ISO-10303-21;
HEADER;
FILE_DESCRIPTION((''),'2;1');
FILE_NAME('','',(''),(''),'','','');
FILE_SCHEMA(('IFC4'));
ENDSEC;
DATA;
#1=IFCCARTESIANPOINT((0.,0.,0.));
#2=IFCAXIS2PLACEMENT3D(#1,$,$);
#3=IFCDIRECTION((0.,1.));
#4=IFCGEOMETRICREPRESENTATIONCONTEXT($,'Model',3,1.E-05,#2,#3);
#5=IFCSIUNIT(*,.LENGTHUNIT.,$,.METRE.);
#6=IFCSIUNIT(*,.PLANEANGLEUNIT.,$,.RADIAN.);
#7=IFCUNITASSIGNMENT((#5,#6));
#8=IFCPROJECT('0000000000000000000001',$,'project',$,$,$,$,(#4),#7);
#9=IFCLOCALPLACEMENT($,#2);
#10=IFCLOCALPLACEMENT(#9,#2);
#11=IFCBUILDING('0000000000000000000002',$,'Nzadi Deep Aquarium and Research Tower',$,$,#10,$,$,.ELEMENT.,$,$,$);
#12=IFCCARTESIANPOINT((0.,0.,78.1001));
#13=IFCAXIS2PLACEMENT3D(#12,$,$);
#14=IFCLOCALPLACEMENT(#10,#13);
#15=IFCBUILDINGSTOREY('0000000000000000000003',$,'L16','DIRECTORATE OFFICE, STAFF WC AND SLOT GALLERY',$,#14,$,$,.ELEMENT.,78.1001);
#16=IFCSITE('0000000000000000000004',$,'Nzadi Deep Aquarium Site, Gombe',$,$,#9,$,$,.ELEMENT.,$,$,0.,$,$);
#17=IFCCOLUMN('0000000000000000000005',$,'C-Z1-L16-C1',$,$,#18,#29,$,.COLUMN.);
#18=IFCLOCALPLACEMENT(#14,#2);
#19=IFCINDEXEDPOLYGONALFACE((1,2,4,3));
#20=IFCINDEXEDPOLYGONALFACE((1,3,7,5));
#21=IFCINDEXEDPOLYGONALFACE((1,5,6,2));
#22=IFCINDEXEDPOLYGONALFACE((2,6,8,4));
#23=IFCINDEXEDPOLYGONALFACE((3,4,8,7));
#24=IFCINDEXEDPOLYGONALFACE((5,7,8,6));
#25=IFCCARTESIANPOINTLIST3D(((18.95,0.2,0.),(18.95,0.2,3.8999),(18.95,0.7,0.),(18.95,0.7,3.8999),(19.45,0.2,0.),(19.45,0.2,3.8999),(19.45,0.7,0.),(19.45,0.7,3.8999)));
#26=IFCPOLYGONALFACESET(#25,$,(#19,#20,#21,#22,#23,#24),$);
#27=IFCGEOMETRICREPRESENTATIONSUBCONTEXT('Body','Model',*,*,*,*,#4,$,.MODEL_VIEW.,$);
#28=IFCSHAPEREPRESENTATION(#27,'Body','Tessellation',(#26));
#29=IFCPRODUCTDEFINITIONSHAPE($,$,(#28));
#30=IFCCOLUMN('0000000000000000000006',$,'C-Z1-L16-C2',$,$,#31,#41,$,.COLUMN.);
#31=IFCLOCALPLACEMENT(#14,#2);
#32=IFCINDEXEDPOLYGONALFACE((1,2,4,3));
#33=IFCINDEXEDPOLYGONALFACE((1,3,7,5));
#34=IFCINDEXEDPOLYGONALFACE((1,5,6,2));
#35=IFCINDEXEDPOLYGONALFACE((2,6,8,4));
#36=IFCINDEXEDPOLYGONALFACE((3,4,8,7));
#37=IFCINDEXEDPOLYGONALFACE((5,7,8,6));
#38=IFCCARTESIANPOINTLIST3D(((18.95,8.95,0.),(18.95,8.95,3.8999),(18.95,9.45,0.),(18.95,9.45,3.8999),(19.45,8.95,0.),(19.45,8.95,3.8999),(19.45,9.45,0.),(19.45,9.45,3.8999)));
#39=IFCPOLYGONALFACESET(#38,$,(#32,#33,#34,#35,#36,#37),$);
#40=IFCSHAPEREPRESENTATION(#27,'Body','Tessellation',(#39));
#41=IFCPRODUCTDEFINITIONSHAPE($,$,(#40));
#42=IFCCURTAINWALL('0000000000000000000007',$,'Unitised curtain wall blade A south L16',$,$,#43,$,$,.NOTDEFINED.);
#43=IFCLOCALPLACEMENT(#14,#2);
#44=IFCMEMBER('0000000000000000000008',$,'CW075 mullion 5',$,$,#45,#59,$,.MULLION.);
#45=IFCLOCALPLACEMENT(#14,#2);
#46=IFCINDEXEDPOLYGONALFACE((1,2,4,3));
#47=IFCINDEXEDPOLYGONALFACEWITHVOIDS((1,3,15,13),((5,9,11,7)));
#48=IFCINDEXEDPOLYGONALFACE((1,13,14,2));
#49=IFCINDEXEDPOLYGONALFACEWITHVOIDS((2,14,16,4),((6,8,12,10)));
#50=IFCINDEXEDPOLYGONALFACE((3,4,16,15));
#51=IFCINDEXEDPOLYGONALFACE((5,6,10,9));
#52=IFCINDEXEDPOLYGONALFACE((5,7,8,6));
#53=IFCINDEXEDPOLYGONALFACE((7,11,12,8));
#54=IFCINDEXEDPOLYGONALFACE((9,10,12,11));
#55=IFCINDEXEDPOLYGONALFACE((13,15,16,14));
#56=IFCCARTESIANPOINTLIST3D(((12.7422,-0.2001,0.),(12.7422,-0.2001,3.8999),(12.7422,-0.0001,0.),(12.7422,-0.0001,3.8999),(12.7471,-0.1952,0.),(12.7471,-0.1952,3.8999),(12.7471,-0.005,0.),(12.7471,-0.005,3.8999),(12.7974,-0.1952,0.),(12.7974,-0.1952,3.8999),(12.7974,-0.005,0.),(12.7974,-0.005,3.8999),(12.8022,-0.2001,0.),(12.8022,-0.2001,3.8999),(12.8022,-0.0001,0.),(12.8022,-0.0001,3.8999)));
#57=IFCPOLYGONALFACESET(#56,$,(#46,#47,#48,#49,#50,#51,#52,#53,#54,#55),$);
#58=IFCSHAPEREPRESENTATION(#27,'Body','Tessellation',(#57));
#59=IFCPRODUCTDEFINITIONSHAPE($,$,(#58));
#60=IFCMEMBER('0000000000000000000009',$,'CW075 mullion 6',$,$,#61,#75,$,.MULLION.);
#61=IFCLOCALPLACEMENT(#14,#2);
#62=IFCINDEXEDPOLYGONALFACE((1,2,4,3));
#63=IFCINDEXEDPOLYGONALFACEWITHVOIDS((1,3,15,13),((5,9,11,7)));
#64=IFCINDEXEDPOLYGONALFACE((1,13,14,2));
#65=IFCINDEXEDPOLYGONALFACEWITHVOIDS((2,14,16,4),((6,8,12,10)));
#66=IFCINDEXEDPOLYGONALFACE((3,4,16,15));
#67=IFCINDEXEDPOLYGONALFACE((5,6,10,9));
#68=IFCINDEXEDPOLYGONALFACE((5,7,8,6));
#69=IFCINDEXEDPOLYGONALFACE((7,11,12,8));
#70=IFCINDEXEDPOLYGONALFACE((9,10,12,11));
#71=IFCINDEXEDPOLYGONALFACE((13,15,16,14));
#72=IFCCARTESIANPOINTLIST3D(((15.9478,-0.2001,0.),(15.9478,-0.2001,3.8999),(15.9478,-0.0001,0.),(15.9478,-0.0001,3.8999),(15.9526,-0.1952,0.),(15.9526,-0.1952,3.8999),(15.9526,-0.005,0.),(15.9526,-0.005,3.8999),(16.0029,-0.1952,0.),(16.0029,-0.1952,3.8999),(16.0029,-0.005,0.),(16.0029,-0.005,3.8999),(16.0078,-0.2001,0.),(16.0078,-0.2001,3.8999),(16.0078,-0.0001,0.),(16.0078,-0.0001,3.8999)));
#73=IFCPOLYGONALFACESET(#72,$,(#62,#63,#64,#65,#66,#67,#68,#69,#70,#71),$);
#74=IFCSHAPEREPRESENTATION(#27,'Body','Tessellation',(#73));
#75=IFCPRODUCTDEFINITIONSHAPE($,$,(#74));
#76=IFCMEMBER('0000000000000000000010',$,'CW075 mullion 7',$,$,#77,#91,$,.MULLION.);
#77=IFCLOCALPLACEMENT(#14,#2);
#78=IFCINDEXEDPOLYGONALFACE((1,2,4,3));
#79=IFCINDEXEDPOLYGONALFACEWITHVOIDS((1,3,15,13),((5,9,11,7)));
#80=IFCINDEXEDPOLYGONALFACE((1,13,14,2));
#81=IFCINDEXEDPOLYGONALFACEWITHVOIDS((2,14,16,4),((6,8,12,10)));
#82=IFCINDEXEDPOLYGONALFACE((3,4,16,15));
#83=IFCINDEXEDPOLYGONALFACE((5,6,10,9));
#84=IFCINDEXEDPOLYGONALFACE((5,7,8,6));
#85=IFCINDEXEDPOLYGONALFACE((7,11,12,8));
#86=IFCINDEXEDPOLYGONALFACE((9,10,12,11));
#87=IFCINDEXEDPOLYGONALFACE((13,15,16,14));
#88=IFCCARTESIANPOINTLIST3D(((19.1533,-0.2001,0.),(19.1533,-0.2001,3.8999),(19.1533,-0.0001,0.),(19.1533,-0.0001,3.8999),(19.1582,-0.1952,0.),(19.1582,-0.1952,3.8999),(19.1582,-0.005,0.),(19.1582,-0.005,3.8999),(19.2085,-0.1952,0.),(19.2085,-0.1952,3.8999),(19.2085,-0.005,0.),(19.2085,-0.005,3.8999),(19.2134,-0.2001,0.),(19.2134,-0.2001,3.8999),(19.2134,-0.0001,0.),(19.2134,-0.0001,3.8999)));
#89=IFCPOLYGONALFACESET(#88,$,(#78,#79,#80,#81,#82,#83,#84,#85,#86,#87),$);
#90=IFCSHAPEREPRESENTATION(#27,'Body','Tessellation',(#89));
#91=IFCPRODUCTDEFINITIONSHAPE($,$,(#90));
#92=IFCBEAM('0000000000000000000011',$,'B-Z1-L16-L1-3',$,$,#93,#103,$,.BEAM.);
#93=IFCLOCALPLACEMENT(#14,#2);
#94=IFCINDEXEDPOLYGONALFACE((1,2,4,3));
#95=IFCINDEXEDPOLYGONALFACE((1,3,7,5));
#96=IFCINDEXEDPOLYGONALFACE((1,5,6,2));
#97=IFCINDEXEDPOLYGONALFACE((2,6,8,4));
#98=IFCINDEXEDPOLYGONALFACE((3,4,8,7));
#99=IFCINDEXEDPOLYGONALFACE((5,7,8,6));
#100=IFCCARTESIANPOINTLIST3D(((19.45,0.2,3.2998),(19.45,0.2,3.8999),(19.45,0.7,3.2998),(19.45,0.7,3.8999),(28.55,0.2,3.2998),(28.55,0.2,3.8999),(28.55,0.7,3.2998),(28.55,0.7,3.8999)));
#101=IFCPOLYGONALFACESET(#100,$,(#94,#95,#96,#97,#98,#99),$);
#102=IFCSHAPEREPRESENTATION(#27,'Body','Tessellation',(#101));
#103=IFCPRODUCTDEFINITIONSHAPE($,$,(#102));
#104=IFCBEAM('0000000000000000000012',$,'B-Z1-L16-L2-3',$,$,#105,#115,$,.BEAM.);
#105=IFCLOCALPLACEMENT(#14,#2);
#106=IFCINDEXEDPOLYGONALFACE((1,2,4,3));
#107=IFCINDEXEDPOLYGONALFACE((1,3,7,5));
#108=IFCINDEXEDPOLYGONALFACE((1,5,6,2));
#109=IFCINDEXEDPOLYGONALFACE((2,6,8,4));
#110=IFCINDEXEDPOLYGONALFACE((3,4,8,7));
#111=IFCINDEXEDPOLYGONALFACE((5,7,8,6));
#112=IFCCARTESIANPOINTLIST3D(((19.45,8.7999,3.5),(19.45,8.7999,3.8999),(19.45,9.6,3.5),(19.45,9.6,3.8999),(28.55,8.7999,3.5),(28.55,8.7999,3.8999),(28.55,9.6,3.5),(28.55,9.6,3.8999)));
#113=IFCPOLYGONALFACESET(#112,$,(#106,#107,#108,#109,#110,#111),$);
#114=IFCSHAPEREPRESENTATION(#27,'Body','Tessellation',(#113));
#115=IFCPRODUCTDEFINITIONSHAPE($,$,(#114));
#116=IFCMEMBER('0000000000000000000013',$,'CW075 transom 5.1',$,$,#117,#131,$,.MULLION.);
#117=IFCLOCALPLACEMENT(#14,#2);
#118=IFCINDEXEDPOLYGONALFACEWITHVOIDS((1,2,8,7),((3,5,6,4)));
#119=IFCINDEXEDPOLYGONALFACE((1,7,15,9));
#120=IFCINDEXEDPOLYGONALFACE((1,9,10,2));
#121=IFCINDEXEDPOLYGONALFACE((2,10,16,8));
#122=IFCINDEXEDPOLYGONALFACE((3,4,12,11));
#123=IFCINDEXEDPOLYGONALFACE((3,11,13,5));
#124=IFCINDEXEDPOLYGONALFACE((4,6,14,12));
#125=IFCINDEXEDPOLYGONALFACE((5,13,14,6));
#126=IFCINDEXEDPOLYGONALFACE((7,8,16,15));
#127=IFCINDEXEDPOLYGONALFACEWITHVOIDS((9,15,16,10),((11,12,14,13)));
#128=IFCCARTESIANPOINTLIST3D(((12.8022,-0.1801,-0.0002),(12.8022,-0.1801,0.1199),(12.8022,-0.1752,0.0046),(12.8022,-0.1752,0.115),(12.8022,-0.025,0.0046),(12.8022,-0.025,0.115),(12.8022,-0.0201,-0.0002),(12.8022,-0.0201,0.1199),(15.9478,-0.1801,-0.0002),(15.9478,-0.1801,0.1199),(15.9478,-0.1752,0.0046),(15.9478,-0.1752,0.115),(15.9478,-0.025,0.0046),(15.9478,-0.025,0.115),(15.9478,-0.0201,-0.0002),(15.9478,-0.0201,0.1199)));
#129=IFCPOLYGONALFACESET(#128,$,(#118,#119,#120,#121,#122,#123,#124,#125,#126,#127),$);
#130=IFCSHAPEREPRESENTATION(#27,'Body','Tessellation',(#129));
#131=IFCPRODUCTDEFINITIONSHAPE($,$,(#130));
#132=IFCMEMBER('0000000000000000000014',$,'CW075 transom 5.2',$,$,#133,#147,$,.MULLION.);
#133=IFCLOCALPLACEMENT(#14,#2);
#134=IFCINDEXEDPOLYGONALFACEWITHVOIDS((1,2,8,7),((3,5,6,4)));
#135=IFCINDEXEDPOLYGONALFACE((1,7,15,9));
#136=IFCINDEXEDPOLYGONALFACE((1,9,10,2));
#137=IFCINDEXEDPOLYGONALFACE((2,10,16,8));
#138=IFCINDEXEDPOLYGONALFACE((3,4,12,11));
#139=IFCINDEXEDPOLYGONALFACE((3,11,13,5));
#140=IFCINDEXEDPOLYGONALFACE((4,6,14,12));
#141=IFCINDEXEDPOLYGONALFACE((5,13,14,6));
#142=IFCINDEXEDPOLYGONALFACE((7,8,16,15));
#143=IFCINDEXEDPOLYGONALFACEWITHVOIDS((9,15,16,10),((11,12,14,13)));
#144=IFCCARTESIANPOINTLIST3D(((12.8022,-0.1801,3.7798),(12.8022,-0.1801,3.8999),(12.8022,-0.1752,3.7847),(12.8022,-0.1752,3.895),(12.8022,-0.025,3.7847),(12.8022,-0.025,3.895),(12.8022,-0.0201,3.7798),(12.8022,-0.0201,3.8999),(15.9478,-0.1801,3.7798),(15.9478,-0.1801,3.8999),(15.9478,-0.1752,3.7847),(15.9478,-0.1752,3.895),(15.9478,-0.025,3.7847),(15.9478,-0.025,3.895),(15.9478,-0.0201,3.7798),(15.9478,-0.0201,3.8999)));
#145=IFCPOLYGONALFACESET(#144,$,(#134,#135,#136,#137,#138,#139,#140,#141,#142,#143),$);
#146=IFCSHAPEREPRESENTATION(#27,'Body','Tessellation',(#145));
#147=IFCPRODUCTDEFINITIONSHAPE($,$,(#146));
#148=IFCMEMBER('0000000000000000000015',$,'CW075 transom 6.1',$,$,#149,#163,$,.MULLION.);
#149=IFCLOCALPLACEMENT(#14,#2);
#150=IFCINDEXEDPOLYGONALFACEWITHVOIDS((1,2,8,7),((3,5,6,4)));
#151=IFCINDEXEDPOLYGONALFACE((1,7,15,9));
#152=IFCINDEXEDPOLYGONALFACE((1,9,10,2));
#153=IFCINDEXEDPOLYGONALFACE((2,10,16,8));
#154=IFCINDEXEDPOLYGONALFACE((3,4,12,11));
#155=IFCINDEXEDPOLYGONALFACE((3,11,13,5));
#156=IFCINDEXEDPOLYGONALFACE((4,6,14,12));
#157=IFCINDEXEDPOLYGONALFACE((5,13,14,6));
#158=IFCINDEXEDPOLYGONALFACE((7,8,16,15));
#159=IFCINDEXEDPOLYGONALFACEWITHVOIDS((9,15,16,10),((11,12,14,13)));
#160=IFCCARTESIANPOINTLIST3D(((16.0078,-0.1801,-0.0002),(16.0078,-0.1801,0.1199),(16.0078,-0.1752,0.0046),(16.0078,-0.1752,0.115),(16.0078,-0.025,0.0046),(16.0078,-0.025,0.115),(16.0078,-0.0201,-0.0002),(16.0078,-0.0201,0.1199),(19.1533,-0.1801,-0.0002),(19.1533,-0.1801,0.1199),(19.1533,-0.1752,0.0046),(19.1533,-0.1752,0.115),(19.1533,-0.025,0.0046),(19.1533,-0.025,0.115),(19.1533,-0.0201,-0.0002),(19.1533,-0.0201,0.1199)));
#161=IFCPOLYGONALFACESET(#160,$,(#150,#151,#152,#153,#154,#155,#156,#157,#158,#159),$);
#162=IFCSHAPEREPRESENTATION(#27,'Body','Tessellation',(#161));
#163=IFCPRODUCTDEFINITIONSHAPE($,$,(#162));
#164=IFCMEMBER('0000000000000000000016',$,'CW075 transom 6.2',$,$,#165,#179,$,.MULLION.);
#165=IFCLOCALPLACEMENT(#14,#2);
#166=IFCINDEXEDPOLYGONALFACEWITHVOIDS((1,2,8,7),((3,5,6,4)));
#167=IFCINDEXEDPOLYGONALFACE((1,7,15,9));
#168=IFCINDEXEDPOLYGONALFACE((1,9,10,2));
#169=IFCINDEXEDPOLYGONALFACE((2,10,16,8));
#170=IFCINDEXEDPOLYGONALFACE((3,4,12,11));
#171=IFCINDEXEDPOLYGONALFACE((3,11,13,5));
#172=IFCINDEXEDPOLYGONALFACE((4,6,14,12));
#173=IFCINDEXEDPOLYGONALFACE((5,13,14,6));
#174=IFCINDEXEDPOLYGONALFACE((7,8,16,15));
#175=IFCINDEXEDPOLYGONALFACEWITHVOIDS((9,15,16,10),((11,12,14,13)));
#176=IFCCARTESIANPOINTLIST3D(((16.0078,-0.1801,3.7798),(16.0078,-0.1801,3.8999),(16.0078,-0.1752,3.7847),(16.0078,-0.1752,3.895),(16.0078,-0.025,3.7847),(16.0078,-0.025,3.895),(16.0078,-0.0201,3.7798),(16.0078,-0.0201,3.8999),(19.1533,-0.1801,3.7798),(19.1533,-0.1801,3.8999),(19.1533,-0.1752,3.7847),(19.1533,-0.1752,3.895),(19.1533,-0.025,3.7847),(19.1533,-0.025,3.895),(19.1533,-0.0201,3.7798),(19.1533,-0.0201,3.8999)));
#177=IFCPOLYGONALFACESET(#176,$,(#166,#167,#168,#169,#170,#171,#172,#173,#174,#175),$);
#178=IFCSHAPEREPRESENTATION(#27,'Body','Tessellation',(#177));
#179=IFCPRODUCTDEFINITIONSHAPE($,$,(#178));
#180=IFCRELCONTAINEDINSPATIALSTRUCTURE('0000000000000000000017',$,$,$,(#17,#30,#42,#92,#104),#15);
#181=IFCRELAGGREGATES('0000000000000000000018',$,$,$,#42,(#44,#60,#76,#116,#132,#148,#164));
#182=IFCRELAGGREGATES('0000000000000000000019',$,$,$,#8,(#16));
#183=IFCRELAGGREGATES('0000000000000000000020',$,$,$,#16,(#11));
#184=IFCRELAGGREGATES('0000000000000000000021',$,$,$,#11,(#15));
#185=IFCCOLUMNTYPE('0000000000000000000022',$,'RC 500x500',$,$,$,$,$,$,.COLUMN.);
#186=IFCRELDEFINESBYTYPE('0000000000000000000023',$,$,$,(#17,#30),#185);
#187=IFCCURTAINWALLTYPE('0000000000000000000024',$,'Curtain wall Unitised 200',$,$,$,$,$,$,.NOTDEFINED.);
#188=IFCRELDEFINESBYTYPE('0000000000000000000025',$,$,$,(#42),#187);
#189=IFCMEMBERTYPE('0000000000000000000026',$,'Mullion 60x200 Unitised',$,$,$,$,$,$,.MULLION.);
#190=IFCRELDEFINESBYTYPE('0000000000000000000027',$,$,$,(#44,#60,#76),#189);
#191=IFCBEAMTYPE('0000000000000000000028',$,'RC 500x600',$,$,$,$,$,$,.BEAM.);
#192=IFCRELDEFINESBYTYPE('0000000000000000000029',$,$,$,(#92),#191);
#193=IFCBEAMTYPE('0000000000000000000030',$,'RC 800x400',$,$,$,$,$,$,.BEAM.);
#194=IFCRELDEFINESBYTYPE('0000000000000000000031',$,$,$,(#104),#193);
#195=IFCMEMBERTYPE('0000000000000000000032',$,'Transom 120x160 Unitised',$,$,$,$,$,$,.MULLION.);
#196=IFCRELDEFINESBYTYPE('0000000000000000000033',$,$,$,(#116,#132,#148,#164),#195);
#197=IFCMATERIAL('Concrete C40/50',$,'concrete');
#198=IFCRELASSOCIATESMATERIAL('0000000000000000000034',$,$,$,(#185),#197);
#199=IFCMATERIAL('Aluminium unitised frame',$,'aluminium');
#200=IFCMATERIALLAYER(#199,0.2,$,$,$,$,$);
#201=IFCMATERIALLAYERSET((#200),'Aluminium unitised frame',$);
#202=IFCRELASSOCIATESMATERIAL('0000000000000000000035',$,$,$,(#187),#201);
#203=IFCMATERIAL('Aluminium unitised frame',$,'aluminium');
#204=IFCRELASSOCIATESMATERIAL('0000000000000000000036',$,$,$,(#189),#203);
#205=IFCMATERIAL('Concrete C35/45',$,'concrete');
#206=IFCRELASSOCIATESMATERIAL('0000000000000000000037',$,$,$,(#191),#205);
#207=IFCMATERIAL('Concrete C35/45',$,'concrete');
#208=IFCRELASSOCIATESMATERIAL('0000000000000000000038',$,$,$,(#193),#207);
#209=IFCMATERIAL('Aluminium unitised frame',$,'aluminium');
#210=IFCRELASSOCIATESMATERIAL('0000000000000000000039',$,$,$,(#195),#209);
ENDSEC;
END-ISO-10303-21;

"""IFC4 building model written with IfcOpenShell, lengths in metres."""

from ifc_helpers import new_model, si_unit, direction, frame, origin, origin_2d, place, context, subcontext, project, spatial, rectangle, hollow_rectangle, extrude, material, layer, layer_set, material_profile, profile_set, type_object, element, aggregate, save


model = new_model("IFC4")

# Units and contexts
model_context = context("Model", 3, precision=1e-05, world=origin(), true_north=direction((0.0, 1.0)))
body_context = subcontext(model_context, "Body", "Model", "MODEL_VIEW")
ifc_project = project(units=[si_unit("LENGTHUNIT", "METRE"), si_unit("PLANEANGLEUNIT", "RADIAN")], contexts=[model_context])

# Site, building, storey
site_placement = place(None, origin())
site = spatial("IfcSite", under=ifc_project, at=site_placement, Name="Nzadi Deep Aquarium Site, Gombe", CompositionType="ELEMENT", RefElevation=0.0)
building_placement = place(site_placement, origin())
building = spatial("IfcBuilding", under=site, at=building_placement, Name="Nzadi Deep Aquarium and Research Tower", CompositionType="ELEMENT")
storey_placement = place(building_placement, frame((0.0, 0.0, 78.1001)))
storey = spatial("IfcBuildingStorey", under=building, at=storey_placement, Name="L16", Description="DIRECTORATE OFFICE, STAFF WC AND SLOT GALLERY", CompositionType="ELEMENT", Elevation=78.1001)

# Columns
ifc_material_1 = material(Name="Concrete C40/50", Category="concrete")
ifc_material_profile_1 = material_profile(ifc_material_1, rectangle(XDim=0.5, YDim=0.5, at=origin_2d()))
ifc_profile_set_1 = profile_set([ifc_material_profile_1], Name="Concrete C40/50")
column_type = type_object("IfcColumnType", Name="RC 500x500", PredefinedType="COLUMN", material=ifc_profile_set_1)
for number, where, z_axis, x_axis, name in (
    (1, (19.2, 0.45, 0.0), (0.0, 0.0, 1.0), (1.0, 0.0, 0.0), "C-Z1-L16-C1"),
    (2, (19.2, 9.2, 0.0), (0.0, 0.0, 1.0), (1.0, 0.0, 0.0), "C-Z1-L16-C2"),
):
    element("IfcColumn", number, at=place(storey_placement, frame(where, z_axis=z_axis, x_axis=x_axis)), inside=storey, type_object=column_type, Name=name, PredefinedType="COLUMN", context=body_context, shape_type="SweptSolid", body=[
        extrude(rectangle(XDim=0.5, YDim=0.5, at=origin_2d()), origin(), (0.0, 0.0, 1.0), 3.8999),
    ])

# Curtain wall, members
ifc_material_2 = material(Name="Aluminium unitised frame", Category="aluminium")
ifc_layer_1 = layer(ifc_material_2, 0.2)
ifc_layer_set_1 = layer_set([ifc_layer_1], Name="Aluminium unitised frame")
curtain_wall_type = type_object("IfcCurtainWallType", Name="Curtain wall Unitised 200", PredefinedType="NOTDEFINED", material=ifc_layer_set_1)
curtain_wall_placement = place(storey_placement, origin())
curtain_wall = element("IfcCurtainWall", 3, at=curtain_wall_placement, inside=storey, type_object=curtain_wall_type, Name="Unitised curtain wall blade A south L16", PredefinedType="NOTDEFINED")
ifc_material_3 = material(Name="Aluminium unitised frame", Category="aluminium")
ifc_material_profile_2 = material_profile(ifc_material_3, hollow_rectangle(XDim=0.2, YDim=0.0601, WallThickness=0.0049, at=origin_2d()))
ifc_profile_set_2 = profile_set([ifc_material_profile_2], Name="Aluminium unitised frame")
member_type_1 = type_object("IfcMemberType", Name="Mullion 60x200 Unitised", PredefinedType="MULLION", material=ifc_profile_set_2)
member_1_placement = place(storey_placement, frame((12.7722, -0.1001, 0.0), z_axis=(0.0, 0.0, 1.0), x_axis=(0.0, 1.0, 0.0)))
member_1 = element("IfcMember", 4, at=member_1_placement, type_object=member_type_1, Name="CW075 mullion 5", PredefinedType="MULLION", context=body_context, shape_type="SweptSolid", body=[
    extrude(hollow_rectangle(XDim=0.2, YDim=0.0601, WallThickness=0.0049, at=origin_2d()), origin(), (0.0, 0.0, 1.0), 3.8999),
])
member_2_placement = place(storey_placement, frame((15.9778, -0.1001, 0.0), z_axis=(0.0, 0.0, 1.0), x_axis=(0.0, 1.0, 0.0)))
member_2 = element("IfcMember", 5, at=member_2_placement, type_object=member_type_1, Name="CW075 mullion 6", PredefinedType="MULLION", context=body_context, shape_type="SweptSolid", body=[
    extrude(hollow_rectangle(XDim=0.2, YDim=0.0601, WallThickness=0.0049, at=origin_2d()), origin(), (0.0, 0.0, 1.0), 3.8999),
])
member_3_placement = place(storey_placement, frame((19.1833, -0.1001, 0.0), z_axis=(0.0, 0.0, 1.0), x_axis=(0.0, 1.0, 0.0)))
member_3 = element("IfcMember", 6, at=member_3_placement, type_object=member_type_1, Name="CW075 mullion 7", PredefinedType="MULLION", context=body_context, shape_type="SweptSolid", body=[
    extrude(hollow_rectangle(XDim=0.2, YDim=0.0601, WallThickness=0.0049, at=origin_2d()), origin(), (0.0, 0.0, 1.0), 3.8999),
])

# Beams
ifc_material_4 = material(Name="Concrete C35/45", Category="concrete")
ifc_material_profile_3 = material_profile(ifc_material_4, rectangle(XDim=0.5, YDim=0.6001, at=origin_2d()))
ifc_profile_set_3 = profile_set([ifc_material_profile_3], Name="Concrete C35/45")
beam_type_1 = type_object("IfcBeamType", Name="RC 500x600", PredefinedType="BEAM", material=ifc_profile_set_3)
beam_1_placement = place(storey_placement, frame((19.45, 0.45, 3.5999), z_axis=(1.0, 0.0, 0.0), x_axis=(0.0, 1.0, 0.0)))
element("IfcBeam", 7, at=beam_1_placement, inside=storey, type_object=beam_type_1, Name="B-Z1-L16-L1-3", PredefinedType="BEAM", context=body_context, shape_type="SweptSolid", body=[
    extrude(rectangle(XDim=0.5, YDim=0.6001, at=origin_2d()), origin(), (0.0, 0.0, 1.0), 9.1001),
])
ifc_material_5 = material(Name="Concrete C35/45", Category="concrete")
ifc_material_profile_4 = material_profile(ifc_material_5, rectangle(XDim=0.8, YDim=0.3999, at=origin_2d()))
ifc_profile_set_4 = profile_set([ifc_material_profile_4], Name="Concrete C35/45")
beam_type_2 = type_object("IfcBeamType", Name="RC 800x400", PredefinedType="BEAM", material=ifc_profile_set_4)
beam_2_placement = place(storey_placement, frame((19.45, 9.2, 3.7), z_axis=(1.0, 0.0, 0.0), x_axis=(0.0, 1.0, 0.0)))
element("IfcBeam", 8, at=beam_2_placement, inside=storey, type_object=beam_type_2, Name="B-Z1-L16-L2-3", PredefinedType="BEAM", context=body_context, shape_type="SweptSolid", body=[
    extrude(rectangle(XDim=0.8, YDim=0.3999, at=origin_2d()), origin(), (0.0, 0.0, 1.0), 9.1001),
])

# Members
ifc_material_6 = material(Name="Aluminium unitised frame", Category="aluminium")
ifc_material_profile_5 = material_profile(ifc_material_6, hollow_rectangle(XDim=0.1599, YDim=0.1201, WallThickness=0.0049, at=origin_2d()))
ifc_profile_set_5 = profile_set([ifc_material_profile_5], Name="Aluminium unitised frame")
member_type_2 = type_object("IfcMemberType", Name="Transom 120x160 Unitised", PredefinedType="MULLION", material=ifc_profile_set_5)
member_4_placement = place(storey_placement, frame((12.8022, -0.1001, 0.0598), z_axis=(1.0, 0.0, 0.0), x_axis=(0.0, 1.0, 0.0)))
member_4 = element("IfcMember", 9, at=member_4_placement, type_object=member_type_2, Name="CW075 transom 5.1", PredefinedType="MULLION", context=body_context, shape_type="SweptSolid", body=[
    extrude(hollow_rectangle(XDim=0.1599, YDim=0.1201, WallThickness=0.0049, at=origin_2d()), origin(), (0.0, 0.0, 1.0), 3.1455),
])
member_5_placement = place(storey_placement, frame((12.8022, -0.1001, 3.8398), z_axis=(1.0, 0.0, 0.0), x_axis=(0.0, 1.0, 0.0)))
member_5 = element("IfcMember", 10, at=member_5_placement, type_object=member_type_2, Name="CW075 transom 5.2", PredefinedType="MULLION", context=body_context, shape_type="SweptSolid", body=[
    extrude(hollow_rectangle(XDim=0.1599, YDim=0.1201, WallThickness=0.0049, at=origin_2d()), origin(), (0.0, 0.0, 1.0), 3.1455),
])
member_6_placement = place(storey_placement, frame((16.0078, -0.1001, 0.0598), z_axis=(1.0, 0.0, 0.0), x_axis=(0.0, 1.0, 0.0)))
member_6 = element("IfcMember", 11, at=member_6_placement, type_object=member_type_2, Name="CW075 transom 6.1", PredefinedType="MULLION", context=body_context, shape_type="SweptSolid", body=[
    extrude(hollow_rectangle(XDim=0.1599, YDim=0.1201, WallThickness=0.0049, at=origin_2d()), origin(), (0.0, 0.0, 1.0), 3.1455),
])
member_7_placement = place(storey_placement, frame((16.0078, -0.1001, 3.8398), z_axis=(1.0, 0.0, 0.0), x_axis=(0.0, 1.0, 0.0)))
member_7 = element("IfcMember", 12, at=member_7_placement, type_object=member_type_2, Name="CW075 transom 6.2", PredefinedType="MULLION", context=body_context, shape_type="SweptSolid", body=[
    extrude(hollow_rectangle(XDim=0.1599, YDim=0.1201, WallThickness=0.0049, at=origin_2d()), origin(), (0.0, 0.0, 1.0), 3.1455),
])

aggregate(curtain_wall, [member_1, member_2, member_3, member_4, member_5, member_6, member_7])

save(model, "model.ifc")
